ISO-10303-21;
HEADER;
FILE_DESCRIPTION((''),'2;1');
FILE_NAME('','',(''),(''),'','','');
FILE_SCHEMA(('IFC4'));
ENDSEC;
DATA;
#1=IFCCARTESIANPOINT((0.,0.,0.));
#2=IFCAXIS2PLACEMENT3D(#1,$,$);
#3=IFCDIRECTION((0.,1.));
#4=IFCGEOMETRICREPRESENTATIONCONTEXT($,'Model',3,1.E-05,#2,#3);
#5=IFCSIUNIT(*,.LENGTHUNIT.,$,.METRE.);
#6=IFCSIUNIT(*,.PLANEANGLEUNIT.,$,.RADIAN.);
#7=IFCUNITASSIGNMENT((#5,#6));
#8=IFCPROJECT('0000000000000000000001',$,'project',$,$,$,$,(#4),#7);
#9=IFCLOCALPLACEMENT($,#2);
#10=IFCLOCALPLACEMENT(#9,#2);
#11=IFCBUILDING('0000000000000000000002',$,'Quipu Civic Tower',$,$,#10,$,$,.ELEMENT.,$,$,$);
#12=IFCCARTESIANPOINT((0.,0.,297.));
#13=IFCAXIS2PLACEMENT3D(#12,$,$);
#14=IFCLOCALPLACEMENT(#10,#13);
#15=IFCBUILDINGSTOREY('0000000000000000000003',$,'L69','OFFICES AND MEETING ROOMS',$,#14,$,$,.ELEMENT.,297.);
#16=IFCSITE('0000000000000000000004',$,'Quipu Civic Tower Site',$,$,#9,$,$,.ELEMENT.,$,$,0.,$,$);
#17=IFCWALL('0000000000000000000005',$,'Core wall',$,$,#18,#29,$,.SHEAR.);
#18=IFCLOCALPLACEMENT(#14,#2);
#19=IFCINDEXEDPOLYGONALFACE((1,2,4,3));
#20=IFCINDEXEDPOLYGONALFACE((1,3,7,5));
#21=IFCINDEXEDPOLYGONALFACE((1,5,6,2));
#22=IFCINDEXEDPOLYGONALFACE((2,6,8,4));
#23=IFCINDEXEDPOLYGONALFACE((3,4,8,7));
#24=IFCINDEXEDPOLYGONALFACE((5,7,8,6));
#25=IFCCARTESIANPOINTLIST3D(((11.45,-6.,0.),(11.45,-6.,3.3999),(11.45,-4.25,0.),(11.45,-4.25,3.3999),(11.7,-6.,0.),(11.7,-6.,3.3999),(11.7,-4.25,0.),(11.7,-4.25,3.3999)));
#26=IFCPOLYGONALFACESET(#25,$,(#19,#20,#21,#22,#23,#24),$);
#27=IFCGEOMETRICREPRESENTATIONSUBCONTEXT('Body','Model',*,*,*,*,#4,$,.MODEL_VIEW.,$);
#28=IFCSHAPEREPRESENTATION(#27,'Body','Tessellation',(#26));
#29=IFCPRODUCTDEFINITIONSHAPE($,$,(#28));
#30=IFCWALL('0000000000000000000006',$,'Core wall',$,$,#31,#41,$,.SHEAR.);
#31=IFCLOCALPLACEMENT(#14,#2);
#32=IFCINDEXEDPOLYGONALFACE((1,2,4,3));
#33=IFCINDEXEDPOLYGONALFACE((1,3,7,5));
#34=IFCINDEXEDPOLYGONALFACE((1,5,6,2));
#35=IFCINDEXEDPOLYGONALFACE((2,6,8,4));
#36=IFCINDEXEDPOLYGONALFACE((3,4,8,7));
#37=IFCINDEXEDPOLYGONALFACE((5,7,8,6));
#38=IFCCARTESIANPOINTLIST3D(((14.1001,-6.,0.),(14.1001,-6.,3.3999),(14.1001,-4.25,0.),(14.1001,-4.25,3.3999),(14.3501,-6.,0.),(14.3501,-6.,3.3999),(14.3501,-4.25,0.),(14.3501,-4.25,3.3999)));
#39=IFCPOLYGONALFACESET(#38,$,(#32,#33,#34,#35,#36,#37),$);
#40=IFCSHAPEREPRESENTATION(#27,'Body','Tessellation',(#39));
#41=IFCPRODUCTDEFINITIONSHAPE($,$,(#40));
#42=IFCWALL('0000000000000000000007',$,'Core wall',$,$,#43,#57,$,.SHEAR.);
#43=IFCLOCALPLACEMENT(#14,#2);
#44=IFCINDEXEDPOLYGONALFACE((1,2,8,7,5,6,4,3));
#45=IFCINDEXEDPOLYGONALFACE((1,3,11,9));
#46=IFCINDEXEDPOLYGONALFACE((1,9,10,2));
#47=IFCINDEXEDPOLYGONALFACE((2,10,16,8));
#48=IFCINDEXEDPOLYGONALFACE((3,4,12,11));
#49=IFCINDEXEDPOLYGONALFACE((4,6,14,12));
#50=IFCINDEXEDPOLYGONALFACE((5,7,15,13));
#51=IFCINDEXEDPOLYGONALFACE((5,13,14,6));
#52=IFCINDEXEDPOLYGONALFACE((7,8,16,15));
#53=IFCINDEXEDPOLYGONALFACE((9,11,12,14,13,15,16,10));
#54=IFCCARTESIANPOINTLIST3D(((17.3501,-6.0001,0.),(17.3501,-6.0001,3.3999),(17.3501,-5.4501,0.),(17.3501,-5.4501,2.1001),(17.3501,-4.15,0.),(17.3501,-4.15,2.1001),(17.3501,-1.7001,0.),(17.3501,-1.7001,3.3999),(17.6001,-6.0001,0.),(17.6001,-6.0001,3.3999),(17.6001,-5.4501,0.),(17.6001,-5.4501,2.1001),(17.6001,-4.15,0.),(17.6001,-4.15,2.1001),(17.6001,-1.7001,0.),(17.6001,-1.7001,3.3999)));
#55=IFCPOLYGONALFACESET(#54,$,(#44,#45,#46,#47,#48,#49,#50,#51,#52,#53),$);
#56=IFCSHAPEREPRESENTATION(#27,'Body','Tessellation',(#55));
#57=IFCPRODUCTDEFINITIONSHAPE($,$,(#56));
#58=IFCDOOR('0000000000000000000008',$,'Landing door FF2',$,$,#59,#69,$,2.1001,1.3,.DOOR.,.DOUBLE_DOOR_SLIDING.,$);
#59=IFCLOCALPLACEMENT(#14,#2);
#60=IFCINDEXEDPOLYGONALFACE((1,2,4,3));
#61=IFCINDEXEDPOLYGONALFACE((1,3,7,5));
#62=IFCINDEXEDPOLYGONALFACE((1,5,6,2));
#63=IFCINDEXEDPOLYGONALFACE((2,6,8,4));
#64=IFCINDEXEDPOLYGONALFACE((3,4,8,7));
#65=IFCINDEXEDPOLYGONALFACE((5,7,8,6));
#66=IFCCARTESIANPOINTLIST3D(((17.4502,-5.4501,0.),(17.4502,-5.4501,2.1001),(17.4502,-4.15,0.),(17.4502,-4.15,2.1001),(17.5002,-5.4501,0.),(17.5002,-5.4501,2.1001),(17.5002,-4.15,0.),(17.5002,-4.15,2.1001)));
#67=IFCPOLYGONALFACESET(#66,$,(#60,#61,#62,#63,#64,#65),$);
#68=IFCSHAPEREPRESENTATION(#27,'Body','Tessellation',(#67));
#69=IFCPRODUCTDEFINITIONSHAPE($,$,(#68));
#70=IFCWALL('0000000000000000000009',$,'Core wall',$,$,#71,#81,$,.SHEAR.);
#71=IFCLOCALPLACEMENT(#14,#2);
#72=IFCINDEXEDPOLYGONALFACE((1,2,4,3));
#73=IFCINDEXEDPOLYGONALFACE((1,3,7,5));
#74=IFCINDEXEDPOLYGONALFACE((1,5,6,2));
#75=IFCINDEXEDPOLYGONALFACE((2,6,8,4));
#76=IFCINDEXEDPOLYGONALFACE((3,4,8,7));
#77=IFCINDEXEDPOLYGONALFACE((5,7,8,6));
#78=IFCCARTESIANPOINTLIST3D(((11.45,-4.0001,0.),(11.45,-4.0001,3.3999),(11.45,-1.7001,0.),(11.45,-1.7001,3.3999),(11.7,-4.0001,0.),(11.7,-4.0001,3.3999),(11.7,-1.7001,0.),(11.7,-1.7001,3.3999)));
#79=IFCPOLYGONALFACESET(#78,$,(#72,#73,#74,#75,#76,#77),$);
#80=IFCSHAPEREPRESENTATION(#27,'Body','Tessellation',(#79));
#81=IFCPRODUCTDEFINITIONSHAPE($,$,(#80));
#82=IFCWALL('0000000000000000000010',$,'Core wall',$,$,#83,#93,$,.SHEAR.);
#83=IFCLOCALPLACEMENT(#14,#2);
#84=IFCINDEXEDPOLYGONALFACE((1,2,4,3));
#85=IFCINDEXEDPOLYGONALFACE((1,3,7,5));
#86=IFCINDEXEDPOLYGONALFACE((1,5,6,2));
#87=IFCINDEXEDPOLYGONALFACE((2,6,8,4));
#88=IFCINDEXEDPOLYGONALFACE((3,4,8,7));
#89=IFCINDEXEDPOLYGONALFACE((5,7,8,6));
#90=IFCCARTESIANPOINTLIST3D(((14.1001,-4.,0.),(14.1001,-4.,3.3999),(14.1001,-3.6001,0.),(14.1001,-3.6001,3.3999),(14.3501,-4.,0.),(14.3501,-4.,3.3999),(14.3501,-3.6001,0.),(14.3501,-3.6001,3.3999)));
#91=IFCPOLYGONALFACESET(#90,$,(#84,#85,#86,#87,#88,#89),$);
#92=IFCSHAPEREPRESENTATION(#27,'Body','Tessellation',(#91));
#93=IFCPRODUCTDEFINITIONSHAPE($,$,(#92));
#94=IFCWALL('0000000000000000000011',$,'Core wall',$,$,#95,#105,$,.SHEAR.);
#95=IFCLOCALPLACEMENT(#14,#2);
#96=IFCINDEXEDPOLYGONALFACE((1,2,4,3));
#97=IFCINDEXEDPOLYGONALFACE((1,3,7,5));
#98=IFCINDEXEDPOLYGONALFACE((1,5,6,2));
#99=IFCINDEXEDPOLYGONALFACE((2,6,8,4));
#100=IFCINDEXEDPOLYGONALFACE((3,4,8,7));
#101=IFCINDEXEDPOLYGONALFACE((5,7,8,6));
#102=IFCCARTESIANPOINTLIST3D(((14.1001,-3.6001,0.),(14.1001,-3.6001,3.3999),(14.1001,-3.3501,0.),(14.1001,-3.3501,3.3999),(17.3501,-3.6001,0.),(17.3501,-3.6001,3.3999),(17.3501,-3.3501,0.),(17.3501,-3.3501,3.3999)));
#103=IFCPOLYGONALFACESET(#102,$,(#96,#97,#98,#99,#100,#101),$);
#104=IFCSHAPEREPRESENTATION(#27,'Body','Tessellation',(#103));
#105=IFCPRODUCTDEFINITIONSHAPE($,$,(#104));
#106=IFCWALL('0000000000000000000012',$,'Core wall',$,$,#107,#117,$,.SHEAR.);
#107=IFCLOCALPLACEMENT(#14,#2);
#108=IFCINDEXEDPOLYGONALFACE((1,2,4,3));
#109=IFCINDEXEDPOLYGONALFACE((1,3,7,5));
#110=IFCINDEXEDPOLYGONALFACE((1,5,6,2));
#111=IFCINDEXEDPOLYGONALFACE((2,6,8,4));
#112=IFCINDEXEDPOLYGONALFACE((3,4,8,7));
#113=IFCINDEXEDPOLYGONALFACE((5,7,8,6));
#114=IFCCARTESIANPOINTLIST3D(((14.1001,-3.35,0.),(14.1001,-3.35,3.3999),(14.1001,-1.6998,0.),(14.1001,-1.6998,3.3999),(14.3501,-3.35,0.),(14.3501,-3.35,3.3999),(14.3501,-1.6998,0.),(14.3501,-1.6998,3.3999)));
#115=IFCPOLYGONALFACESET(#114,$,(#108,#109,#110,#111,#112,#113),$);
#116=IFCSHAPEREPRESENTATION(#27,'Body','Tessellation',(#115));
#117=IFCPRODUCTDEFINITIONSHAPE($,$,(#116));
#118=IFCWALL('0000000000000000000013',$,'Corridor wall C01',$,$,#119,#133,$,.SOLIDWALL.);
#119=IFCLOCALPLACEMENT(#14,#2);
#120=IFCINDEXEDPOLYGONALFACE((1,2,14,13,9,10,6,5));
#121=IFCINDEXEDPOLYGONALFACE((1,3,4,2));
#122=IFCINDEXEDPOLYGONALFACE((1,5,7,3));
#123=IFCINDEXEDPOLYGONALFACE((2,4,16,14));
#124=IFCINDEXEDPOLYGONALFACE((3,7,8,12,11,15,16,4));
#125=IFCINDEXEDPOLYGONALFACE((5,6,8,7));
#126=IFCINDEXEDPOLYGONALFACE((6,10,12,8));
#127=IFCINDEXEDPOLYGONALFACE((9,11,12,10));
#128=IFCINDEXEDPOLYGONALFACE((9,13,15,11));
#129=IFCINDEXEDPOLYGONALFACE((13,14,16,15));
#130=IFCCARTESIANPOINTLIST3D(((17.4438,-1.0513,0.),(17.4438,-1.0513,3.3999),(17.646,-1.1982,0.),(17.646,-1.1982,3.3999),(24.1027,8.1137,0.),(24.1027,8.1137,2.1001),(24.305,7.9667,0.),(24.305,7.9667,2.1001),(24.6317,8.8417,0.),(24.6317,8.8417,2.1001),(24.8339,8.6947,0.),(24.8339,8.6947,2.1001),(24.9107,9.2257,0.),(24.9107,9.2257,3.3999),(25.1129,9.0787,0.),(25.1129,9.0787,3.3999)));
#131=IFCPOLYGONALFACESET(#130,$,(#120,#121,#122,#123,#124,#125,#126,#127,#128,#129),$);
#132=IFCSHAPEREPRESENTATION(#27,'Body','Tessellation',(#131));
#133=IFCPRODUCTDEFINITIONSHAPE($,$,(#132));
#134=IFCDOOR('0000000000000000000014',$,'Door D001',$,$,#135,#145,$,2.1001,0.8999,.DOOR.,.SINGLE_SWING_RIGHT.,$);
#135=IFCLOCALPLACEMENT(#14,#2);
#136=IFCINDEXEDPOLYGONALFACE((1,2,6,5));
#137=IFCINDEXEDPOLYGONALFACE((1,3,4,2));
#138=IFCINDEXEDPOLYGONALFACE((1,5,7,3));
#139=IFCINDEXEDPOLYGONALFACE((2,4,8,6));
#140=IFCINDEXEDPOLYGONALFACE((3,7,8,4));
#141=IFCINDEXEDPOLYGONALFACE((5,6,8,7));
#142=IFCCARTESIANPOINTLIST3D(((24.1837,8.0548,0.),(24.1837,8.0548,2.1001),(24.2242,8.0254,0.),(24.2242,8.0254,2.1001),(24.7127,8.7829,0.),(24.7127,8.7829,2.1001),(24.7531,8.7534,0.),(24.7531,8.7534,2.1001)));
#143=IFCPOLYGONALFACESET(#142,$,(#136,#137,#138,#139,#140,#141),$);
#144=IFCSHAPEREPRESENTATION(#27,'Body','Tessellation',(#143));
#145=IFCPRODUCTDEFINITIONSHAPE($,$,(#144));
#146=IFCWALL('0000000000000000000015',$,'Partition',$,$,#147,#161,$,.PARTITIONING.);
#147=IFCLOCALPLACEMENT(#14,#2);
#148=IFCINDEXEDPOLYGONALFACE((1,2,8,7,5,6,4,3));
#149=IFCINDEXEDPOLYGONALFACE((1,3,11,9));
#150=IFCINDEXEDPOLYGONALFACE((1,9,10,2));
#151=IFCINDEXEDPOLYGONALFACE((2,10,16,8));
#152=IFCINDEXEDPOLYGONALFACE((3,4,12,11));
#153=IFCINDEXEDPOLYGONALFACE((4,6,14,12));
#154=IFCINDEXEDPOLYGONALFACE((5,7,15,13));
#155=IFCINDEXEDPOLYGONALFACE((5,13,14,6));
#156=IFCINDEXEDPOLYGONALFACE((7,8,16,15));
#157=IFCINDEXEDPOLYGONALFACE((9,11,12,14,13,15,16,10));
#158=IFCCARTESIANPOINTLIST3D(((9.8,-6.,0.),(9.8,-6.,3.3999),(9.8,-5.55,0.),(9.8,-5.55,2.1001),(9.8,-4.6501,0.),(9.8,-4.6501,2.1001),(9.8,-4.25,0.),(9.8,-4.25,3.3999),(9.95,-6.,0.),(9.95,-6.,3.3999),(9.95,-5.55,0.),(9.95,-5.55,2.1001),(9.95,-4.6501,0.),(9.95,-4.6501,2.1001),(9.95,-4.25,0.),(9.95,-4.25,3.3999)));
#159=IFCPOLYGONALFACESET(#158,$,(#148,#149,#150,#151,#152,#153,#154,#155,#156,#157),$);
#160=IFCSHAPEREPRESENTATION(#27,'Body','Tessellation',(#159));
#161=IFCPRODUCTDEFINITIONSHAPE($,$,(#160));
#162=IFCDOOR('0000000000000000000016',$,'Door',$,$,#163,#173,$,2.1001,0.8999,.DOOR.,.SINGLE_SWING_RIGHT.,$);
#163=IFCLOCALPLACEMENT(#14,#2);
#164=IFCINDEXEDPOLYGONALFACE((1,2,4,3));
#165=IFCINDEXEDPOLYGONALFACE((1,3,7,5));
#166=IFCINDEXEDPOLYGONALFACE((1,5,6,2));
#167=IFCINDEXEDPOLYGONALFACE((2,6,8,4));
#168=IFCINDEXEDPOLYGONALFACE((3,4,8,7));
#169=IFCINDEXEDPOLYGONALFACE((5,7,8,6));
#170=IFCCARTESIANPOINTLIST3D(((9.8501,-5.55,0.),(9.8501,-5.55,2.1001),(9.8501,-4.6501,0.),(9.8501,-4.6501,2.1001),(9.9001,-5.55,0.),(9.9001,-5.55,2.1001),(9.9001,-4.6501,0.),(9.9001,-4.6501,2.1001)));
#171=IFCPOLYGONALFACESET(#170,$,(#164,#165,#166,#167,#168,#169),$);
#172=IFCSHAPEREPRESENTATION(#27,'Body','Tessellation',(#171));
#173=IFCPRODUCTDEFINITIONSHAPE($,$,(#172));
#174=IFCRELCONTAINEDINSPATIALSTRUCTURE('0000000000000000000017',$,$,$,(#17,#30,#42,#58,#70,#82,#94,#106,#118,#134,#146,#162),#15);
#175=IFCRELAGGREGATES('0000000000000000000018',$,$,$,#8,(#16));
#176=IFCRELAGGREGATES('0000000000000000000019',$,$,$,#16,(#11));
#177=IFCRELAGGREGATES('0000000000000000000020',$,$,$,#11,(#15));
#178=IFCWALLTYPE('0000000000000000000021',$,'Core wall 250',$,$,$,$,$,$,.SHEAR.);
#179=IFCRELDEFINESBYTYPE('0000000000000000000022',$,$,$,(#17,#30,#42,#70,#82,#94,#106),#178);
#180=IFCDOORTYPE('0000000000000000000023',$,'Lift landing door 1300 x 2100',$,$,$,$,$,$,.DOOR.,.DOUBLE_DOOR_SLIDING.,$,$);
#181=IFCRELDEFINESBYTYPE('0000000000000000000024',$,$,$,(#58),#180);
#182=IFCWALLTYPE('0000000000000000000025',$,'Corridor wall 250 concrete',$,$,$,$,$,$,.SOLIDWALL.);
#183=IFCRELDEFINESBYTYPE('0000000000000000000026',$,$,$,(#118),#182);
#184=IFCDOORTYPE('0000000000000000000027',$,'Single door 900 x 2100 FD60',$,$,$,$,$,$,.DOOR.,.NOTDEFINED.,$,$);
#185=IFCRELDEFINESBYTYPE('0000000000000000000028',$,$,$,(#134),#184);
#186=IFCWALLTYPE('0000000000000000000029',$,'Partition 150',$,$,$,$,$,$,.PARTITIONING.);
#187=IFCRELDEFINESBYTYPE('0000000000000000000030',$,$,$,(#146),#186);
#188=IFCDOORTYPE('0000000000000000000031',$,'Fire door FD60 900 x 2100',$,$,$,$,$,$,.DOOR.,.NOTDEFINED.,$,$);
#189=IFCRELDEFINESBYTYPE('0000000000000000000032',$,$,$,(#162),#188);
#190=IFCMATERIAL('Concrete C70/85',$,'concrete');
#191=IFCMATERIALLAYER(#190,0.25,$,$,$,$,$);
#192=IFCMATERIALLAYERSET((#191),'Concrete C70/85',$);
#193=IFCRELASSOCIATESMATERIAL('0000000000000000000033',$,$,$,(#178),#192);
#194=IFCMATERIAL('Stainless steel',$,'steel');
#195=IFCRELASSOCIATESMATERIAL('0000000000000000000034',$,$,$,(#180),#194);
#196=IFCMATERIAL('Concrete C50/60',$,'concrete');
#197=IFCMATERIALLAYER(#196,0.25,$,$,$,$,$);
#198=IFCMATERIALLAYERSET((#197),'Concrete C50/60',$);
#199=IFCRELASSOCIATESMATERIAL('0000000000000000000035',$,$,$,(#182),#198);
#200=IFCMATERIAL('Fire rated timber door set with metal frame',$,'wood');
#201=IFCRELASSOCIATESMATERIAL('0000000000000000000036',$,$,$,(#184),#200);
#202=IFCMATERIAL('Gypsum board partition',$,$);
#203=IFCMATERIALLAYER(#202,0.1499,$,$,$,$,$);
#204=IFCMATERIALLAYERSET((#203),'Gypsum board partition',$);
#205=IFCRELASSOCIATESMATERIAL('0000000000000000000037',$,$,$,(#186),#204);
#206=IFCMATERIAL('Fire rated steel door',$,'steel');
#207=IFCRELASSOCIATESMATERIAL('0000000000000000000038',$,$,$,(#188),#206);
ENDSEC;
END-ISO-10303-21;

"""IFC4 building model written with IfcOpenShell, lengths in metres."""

from ifc_helpers import new_model, si_unit, direction, frame, frame_2d, origin, place, context, subcontext, project, spatial, rectangle, extrude, material, layer, layer_set, type_object, element, fill, save


model = new_model("IFC4")

# Units and contexts
model_context = context("Model", 3, precision=1e-05, world=origin(), true_north=direction((0.0, 1.0)))
body_context = subcontext(model_context, "Body", "Model", "MODEL_VIEW")
ifc_project = project(units=[si_unit("LENGTHUNIT", "METRE"), si_unit("PLANEANGLEUNIT", "RADIAN")], contexts=[model_context])

# Site, building, storey
site_placement = place(None, origin())
site = spatial("IfcSite", under=ifc_project, at=site_placement, Name="Quipu Civic Tower Site", CompositionType="ELEMENT", RefElevation=0.0)
building_placement = place(site_placement, origin())
building = spatial("IfcBuilding", under=site, at=building_placement, Name="Quipu Civic Tower", CompositionType="ELEMENT")
storey_placement = place(building_placement, frame((0.0, 0.0, 297.0)))
storey = spatial("IfcBuildingStorey", under=building, at=storey_placement, Name="L69", Description="OFFICES AND MEETING ROOMS", CompositionType="ELEMENT", Elevation=297.0)

# Walls
ifc_material_1 = material(Name="Concrete C70/85", Category="concrete")
ifc_layer_1 = layer(ifc_material_1, 0.25)
ifc_layer_set_1 = layer_set([ifc_layer_1], Name="Concrete C70/85")
wall_type_1 = type_object("IfcWallType", Name="Core wall 250", PredefinedType="SHEAR", material=ifc_layer_set_1)
for number, where, z_axis, x_axis, name in (
    (1, (11.575, -6.0, 0.0), (0.0, 0.0, 1.0), (0.0, 1.0, 0.0), "Core wall"),
    (2, (14.2251, -6.0, 0.0), (0.0, 0.0, 1.0), (0.0, 1.0, 0.0), "Core wall"),
):
    element("IfcWall", number, at=place(storey_placement, frame(where, z_axis=z_axis, x_axis=x_axis)), inside=storey, type_object=wall_type_1, Name=name, PredefinedType="SHEAR", context=body_context, shape_type="SweptSolid", body=[
        extrude(rectangle(XDim=1.75, YDim=0.25, at=frame_2d((0.875, 0.0))), origin(), (0.0, 0.0, 1.0), 3.3999),
    ])

# Wall, opening, door
wall_1_placement = place(storey_placement, frame((17.4751, -6.0, 0.0), z_axis=(0.0, 0.0, 1.0), x_axis=(0.0, 1.0, 0.0)))
wall_1 = element("IfcWall", 3, at=wall_1_placement, inside=storey, type_object=wall_type_1, Name="Core wall", PredefinedType="SHEAR", context=body_context, shape_type="SweptSolid", body=[
    extrude(rectangle(XDim=4.3, YDim=0.25, at=frame_2d((2.1499, 0.0))), origin(), (0.0, 0.0, 1.0), 3.3999),
])
opening_1_placement = place(wall_1_placement, frame((0.55, 0.0, 0.0)))
opening_1 = element("IfcOpeningElement", 4, at=opening_1_placement, cuts=wall_1, PredefinedType="OPENING", context=body_context, shape_type="SweptSolid", body=[
    extrude(rectangle(XDim=1.3, YDim=2.1001, at=frame_2d((0.6499, 1.05))), frame((0.0, 0.135, 0.0), z_axis=(0.0, -1.0, 0.0), x_axis=(1.0, 0.0, 0.0)), (0.0, 0.0, 1.0), 0.27),
])
ifc_material_2 = material(Name="Stainless steel", Category="steel")
door_type_1 = type_object("IfcDoorType", Name="Lift landing door 1300 x 2100", OperationType="DOUBLE_DOOR_SLIDING", PredefinedType="DOOR", material=ifc_material_2)
door_1_placement = place(opening_1_placement, origin())
door_1 = element("IfcDoor", 5, at=door_1_placement, inside=storey, type_object=door_type_1, Name="Landing door FF2", OperationType="DOUBLE_DOOR_SLIDING", OverallHeight=2.1001, OverallWidth=1.3, PredefinedType="DOOR", context=body_context, shape_type="SweptSolid", body=[
    extrude(rectangle(XDim=1.3, YDim=2.1001, at=frame_2d((0.6499, 1.05))), frame((0.0, 0.0249, 0.0), z_axis=(0.0, -1.0, 0.0), x_axis=(1.0, 0.0, 0.0)), (0.0, 0.0, 1.0), 0.05),
])
fill(opening_1, door_1)

# Walls
wall_2_placement = place(storey_placement, frame((11.575, -4.0, 0.0), z_axis=(0.0, 0.0, 1.0), x_axis=(0.0, 1.0, 0.0)))
element("IfcWall", 6, at=wall_2_placement, inside=storey, type_object=wall_type_1, Name="Core wall", PredefinedType="SHEAR", context=body_context, shape_type="SweptSolid", body=[
    extrude(rectangle(XDim=2.3, YDim=0.25, at=frame_2d((1.1499, 0.0))), origin(), (0.0, 0.0, 1.0), 3.3999),
])
wall_3_placement = place(storey_placement, frame((14.2251, -4.0, 0.0), z_axis=(0.0, 0.0, 1.0), x_axis=(0.0, 1.0, 0.0)))
element("IfcWall", 7, at=wall_3_placement, inside=storey, type_object=wall_type_1, Name="Core wall", PredefinedType="SHEAR", context=body_context, shape_type="SweptSolid", body=[
    extrude(rectangle(XDim=0.3999, YDim=0.25, at=frame_2d((0.2, 0.0))), origin(), (0.0, 0.0, 1.0), 3.3999),
])
wall_4_placement = place(storey_placement, frame((14.1001, -3.4751, 0.0), z_axis=(0.0, 0.0, 1.0), x_axis=(1.0, 0.0, 0.0)))
element("IfcWall", 8, at=wall_4_placement, inside=storey, type_object=wall_type_1, Name="Core wall", PredefinedType="SHEAR", context=body_context, shape_type="SweptSolid", body=[
    extrude(rectangle(XDim=3.25, YDim=0.25, at=frame_2d((1.625, 0.0))), origin(), (0.0, 0.0, 1.0), 3.3999),
])
wall_5_placement = place(storey_placement, frame((14.2251, -3.3501, 0.0), z_axis=(0.0, 0.0, 1.0), x_axis=(0.0, 1.0, 0.0)))
element("IfcWall", 9, at=wall_5_placement, inside=storey, type_object=wall_type_1, Name="Core wall", PredefinedType="SHEAR", context=body_context, shape_type="SweptSolid", body=[
    extrude(rectangle(XDim=1.6501, YDim=0.25, at=frame_2d((0.8252, 0.0))), origin(), (0.0, 0.0, 1.0), 3.3999),
])

# Walls, openings, doors
ifc_material_3 = material(Name="Concrete C50/60", Category="concrete")
ifc_layer_2 = layer(ifc_material_3, 0.25)
ifc_layer_set_2 = layer_set([ifc_layer_2], Name="Concrete C50/60")
wall_type_2 = type_object("IfcWallType", Name="Corridor wall 250 concrete", PredefinedType="SOLIDWALL", material=ifc_layer_set_2)
wall_6_placement = place(storey_placement, frame((17.5449, -1.1248, 0.0), z_axis=(0.0, 0.0, 1.0), x_axis=(0.587797, 0.809009, 0.0)))
wall_6 = element("IfcWall", 10, at=wall_6_placement, inside=storey, type_object=wall_type_2, Name="Corridor wall C01", PredefinedType="SOLIDWALL", context=body_context, shape_type="SweptSolid", body=[
    extrude(rectangle(XDim=12.7031, YDim=0.25, at=frame_2d((6.3516, 0.0))), origin(), (0.0, 0.0, 1.0), 3.3999),
])
opening_2_placement = place(wall_6_placement, frame((11.3286, 0.0, 0.0)))
opening_2 = element("IfcOpeningElement", 11, at=opening_2_placement, cuts=wall_6, PredefinedType="OPENING", context=body_context, shape_type="SweptSolid", body=[
    extrude(rectangle(XDim=0.8999, YDim=2.1001, at=frame_2d((0.45, 1.05))), frame((0.0, 0.135, 0.0), z_axis=(0.0, -1.0, 0.0), x_axis=(1.0, 0.0, 0.0)), (0.0, 0.0, 1.0), 0.27),
])
ifc_material_4 = material(Name="Fire rated timber door set with metal frame", Category="wood")
door_type_2 = type_object("IfcDoorType", Name="Single door 900 x 2100 FD60", OperationType="NOTDEFINED", PredefinedType="DOOR", material=ifc_material_4)
door_2_placement = place(opening_2_placement, origin())
door_2 = element("IfcDoor", 12, at=door_2_placement, inside=storey, type_object=door_type_2, Name="Door D001", OperationType="SINGLE_SWING_RIGHT", OverallHeight=2.1001, OverallWidth=0.8999, PredefinedType="DOOR", context=body_context, shape_type="SweptSolid", body=[
    extrude(rectangle(XDim=0.8999, YDim=2.1001, at=frame_2d((0.45, 1.05))), frame((0.0, 0.0249, 0.0), z_axis=(0.0, -1.0, 0.0), x_axis=(1.0, 0.0, 0.0)), (0.0, 0.0, 1.0), 0.05),
])
fill(opening_2, door_2)
ifc_material_5 = material(Name="Gypsum board partition")
ifc_layer_3 = layer(ifc_material_5, 0.1499)
ifc_layer_set_3 = layer_set([ifc_layer_3], Name="Gypsum board partition")
wall_type_3 = type_object("IfcWallType", Name="Partition 150", PredefinedType="PARTITIONING", material=ifc_layer_set_3)
wall_7_placement = place(storey_placement, frame((9.875, -6.0, 0.0), z_axis=(0.0, 0.0, 1.0), x_axis=(0.0, 1.0, 0.0)))
wall_7 = element("IfcWall", 13, at=wall_7_placement, inside=storey, type_object=wall_type_3, Name="Partition", PredefinedType="PARTITIONING", context=body_context, shape_type="SweptSolid", body=[
    extrude(rectangle(XDim=1.75, YDim=0.1499, at=frame_2d((0.875, 0.0))), origin(), (0.0, 0.0, 1.0), 3.3999),
])
opening_3_placement = place(wall_7_placement, frame((0.45, 0.0, 0.0)))
opening_3 = element("IfcOpeningElement", 14, at=opening_3_placement, cuts=wall_7, PredefinedType="OPENING", context=body_context, shape_type="SweptSolid", body=[
    extrude(rectangle(XDim=0.8999, YDim=2.1001, at=frame_2d((0.45, 1.05))), frame((0.0, 0.085, 0.0), z_axis=(0.0, -1.0, 0.0), x_axis=(1.0, 0.0, 0.0)), (0.0, 0.0, 1.0), 0.1699),
])
ifc_material_6 = material(Name="Fire rated steel door", Category="steel")
door_type_3 = type_object("IfcDoorType", Name="Fire door FD60 900 x 2100", OperationType="NOTDEFINED", PredefinedType="DOOR", material=ifc_material_6)
door_3_placement = place(opening_3_placement, origin())
door_3 = element("IfcDoor", 15, at=door_3_placement, inside=storey, type_object=door_type_3, Name="Door", OperationType="SINGLE_SWING_RIGHT", OverallHeight=2.1001, OverallWidth=0.8999, PredefinedType="DOOR", context=body_context, shape_type="SweptSolid", body=[
    extrude(rectangle(XDim=0.8999, YDim=2.1001, at=frame_2d((0.45, 1.05))), frame((0.0, 0.0249, 0.0), z_axis=(0.0, -1.0, 0.0), x_axis=(1.0, 0.0, 0.0)), (0.0, 0.0, 1.0), 0.05),
])
fill(opening_3, door_3)

save(model, "model.ifc")
